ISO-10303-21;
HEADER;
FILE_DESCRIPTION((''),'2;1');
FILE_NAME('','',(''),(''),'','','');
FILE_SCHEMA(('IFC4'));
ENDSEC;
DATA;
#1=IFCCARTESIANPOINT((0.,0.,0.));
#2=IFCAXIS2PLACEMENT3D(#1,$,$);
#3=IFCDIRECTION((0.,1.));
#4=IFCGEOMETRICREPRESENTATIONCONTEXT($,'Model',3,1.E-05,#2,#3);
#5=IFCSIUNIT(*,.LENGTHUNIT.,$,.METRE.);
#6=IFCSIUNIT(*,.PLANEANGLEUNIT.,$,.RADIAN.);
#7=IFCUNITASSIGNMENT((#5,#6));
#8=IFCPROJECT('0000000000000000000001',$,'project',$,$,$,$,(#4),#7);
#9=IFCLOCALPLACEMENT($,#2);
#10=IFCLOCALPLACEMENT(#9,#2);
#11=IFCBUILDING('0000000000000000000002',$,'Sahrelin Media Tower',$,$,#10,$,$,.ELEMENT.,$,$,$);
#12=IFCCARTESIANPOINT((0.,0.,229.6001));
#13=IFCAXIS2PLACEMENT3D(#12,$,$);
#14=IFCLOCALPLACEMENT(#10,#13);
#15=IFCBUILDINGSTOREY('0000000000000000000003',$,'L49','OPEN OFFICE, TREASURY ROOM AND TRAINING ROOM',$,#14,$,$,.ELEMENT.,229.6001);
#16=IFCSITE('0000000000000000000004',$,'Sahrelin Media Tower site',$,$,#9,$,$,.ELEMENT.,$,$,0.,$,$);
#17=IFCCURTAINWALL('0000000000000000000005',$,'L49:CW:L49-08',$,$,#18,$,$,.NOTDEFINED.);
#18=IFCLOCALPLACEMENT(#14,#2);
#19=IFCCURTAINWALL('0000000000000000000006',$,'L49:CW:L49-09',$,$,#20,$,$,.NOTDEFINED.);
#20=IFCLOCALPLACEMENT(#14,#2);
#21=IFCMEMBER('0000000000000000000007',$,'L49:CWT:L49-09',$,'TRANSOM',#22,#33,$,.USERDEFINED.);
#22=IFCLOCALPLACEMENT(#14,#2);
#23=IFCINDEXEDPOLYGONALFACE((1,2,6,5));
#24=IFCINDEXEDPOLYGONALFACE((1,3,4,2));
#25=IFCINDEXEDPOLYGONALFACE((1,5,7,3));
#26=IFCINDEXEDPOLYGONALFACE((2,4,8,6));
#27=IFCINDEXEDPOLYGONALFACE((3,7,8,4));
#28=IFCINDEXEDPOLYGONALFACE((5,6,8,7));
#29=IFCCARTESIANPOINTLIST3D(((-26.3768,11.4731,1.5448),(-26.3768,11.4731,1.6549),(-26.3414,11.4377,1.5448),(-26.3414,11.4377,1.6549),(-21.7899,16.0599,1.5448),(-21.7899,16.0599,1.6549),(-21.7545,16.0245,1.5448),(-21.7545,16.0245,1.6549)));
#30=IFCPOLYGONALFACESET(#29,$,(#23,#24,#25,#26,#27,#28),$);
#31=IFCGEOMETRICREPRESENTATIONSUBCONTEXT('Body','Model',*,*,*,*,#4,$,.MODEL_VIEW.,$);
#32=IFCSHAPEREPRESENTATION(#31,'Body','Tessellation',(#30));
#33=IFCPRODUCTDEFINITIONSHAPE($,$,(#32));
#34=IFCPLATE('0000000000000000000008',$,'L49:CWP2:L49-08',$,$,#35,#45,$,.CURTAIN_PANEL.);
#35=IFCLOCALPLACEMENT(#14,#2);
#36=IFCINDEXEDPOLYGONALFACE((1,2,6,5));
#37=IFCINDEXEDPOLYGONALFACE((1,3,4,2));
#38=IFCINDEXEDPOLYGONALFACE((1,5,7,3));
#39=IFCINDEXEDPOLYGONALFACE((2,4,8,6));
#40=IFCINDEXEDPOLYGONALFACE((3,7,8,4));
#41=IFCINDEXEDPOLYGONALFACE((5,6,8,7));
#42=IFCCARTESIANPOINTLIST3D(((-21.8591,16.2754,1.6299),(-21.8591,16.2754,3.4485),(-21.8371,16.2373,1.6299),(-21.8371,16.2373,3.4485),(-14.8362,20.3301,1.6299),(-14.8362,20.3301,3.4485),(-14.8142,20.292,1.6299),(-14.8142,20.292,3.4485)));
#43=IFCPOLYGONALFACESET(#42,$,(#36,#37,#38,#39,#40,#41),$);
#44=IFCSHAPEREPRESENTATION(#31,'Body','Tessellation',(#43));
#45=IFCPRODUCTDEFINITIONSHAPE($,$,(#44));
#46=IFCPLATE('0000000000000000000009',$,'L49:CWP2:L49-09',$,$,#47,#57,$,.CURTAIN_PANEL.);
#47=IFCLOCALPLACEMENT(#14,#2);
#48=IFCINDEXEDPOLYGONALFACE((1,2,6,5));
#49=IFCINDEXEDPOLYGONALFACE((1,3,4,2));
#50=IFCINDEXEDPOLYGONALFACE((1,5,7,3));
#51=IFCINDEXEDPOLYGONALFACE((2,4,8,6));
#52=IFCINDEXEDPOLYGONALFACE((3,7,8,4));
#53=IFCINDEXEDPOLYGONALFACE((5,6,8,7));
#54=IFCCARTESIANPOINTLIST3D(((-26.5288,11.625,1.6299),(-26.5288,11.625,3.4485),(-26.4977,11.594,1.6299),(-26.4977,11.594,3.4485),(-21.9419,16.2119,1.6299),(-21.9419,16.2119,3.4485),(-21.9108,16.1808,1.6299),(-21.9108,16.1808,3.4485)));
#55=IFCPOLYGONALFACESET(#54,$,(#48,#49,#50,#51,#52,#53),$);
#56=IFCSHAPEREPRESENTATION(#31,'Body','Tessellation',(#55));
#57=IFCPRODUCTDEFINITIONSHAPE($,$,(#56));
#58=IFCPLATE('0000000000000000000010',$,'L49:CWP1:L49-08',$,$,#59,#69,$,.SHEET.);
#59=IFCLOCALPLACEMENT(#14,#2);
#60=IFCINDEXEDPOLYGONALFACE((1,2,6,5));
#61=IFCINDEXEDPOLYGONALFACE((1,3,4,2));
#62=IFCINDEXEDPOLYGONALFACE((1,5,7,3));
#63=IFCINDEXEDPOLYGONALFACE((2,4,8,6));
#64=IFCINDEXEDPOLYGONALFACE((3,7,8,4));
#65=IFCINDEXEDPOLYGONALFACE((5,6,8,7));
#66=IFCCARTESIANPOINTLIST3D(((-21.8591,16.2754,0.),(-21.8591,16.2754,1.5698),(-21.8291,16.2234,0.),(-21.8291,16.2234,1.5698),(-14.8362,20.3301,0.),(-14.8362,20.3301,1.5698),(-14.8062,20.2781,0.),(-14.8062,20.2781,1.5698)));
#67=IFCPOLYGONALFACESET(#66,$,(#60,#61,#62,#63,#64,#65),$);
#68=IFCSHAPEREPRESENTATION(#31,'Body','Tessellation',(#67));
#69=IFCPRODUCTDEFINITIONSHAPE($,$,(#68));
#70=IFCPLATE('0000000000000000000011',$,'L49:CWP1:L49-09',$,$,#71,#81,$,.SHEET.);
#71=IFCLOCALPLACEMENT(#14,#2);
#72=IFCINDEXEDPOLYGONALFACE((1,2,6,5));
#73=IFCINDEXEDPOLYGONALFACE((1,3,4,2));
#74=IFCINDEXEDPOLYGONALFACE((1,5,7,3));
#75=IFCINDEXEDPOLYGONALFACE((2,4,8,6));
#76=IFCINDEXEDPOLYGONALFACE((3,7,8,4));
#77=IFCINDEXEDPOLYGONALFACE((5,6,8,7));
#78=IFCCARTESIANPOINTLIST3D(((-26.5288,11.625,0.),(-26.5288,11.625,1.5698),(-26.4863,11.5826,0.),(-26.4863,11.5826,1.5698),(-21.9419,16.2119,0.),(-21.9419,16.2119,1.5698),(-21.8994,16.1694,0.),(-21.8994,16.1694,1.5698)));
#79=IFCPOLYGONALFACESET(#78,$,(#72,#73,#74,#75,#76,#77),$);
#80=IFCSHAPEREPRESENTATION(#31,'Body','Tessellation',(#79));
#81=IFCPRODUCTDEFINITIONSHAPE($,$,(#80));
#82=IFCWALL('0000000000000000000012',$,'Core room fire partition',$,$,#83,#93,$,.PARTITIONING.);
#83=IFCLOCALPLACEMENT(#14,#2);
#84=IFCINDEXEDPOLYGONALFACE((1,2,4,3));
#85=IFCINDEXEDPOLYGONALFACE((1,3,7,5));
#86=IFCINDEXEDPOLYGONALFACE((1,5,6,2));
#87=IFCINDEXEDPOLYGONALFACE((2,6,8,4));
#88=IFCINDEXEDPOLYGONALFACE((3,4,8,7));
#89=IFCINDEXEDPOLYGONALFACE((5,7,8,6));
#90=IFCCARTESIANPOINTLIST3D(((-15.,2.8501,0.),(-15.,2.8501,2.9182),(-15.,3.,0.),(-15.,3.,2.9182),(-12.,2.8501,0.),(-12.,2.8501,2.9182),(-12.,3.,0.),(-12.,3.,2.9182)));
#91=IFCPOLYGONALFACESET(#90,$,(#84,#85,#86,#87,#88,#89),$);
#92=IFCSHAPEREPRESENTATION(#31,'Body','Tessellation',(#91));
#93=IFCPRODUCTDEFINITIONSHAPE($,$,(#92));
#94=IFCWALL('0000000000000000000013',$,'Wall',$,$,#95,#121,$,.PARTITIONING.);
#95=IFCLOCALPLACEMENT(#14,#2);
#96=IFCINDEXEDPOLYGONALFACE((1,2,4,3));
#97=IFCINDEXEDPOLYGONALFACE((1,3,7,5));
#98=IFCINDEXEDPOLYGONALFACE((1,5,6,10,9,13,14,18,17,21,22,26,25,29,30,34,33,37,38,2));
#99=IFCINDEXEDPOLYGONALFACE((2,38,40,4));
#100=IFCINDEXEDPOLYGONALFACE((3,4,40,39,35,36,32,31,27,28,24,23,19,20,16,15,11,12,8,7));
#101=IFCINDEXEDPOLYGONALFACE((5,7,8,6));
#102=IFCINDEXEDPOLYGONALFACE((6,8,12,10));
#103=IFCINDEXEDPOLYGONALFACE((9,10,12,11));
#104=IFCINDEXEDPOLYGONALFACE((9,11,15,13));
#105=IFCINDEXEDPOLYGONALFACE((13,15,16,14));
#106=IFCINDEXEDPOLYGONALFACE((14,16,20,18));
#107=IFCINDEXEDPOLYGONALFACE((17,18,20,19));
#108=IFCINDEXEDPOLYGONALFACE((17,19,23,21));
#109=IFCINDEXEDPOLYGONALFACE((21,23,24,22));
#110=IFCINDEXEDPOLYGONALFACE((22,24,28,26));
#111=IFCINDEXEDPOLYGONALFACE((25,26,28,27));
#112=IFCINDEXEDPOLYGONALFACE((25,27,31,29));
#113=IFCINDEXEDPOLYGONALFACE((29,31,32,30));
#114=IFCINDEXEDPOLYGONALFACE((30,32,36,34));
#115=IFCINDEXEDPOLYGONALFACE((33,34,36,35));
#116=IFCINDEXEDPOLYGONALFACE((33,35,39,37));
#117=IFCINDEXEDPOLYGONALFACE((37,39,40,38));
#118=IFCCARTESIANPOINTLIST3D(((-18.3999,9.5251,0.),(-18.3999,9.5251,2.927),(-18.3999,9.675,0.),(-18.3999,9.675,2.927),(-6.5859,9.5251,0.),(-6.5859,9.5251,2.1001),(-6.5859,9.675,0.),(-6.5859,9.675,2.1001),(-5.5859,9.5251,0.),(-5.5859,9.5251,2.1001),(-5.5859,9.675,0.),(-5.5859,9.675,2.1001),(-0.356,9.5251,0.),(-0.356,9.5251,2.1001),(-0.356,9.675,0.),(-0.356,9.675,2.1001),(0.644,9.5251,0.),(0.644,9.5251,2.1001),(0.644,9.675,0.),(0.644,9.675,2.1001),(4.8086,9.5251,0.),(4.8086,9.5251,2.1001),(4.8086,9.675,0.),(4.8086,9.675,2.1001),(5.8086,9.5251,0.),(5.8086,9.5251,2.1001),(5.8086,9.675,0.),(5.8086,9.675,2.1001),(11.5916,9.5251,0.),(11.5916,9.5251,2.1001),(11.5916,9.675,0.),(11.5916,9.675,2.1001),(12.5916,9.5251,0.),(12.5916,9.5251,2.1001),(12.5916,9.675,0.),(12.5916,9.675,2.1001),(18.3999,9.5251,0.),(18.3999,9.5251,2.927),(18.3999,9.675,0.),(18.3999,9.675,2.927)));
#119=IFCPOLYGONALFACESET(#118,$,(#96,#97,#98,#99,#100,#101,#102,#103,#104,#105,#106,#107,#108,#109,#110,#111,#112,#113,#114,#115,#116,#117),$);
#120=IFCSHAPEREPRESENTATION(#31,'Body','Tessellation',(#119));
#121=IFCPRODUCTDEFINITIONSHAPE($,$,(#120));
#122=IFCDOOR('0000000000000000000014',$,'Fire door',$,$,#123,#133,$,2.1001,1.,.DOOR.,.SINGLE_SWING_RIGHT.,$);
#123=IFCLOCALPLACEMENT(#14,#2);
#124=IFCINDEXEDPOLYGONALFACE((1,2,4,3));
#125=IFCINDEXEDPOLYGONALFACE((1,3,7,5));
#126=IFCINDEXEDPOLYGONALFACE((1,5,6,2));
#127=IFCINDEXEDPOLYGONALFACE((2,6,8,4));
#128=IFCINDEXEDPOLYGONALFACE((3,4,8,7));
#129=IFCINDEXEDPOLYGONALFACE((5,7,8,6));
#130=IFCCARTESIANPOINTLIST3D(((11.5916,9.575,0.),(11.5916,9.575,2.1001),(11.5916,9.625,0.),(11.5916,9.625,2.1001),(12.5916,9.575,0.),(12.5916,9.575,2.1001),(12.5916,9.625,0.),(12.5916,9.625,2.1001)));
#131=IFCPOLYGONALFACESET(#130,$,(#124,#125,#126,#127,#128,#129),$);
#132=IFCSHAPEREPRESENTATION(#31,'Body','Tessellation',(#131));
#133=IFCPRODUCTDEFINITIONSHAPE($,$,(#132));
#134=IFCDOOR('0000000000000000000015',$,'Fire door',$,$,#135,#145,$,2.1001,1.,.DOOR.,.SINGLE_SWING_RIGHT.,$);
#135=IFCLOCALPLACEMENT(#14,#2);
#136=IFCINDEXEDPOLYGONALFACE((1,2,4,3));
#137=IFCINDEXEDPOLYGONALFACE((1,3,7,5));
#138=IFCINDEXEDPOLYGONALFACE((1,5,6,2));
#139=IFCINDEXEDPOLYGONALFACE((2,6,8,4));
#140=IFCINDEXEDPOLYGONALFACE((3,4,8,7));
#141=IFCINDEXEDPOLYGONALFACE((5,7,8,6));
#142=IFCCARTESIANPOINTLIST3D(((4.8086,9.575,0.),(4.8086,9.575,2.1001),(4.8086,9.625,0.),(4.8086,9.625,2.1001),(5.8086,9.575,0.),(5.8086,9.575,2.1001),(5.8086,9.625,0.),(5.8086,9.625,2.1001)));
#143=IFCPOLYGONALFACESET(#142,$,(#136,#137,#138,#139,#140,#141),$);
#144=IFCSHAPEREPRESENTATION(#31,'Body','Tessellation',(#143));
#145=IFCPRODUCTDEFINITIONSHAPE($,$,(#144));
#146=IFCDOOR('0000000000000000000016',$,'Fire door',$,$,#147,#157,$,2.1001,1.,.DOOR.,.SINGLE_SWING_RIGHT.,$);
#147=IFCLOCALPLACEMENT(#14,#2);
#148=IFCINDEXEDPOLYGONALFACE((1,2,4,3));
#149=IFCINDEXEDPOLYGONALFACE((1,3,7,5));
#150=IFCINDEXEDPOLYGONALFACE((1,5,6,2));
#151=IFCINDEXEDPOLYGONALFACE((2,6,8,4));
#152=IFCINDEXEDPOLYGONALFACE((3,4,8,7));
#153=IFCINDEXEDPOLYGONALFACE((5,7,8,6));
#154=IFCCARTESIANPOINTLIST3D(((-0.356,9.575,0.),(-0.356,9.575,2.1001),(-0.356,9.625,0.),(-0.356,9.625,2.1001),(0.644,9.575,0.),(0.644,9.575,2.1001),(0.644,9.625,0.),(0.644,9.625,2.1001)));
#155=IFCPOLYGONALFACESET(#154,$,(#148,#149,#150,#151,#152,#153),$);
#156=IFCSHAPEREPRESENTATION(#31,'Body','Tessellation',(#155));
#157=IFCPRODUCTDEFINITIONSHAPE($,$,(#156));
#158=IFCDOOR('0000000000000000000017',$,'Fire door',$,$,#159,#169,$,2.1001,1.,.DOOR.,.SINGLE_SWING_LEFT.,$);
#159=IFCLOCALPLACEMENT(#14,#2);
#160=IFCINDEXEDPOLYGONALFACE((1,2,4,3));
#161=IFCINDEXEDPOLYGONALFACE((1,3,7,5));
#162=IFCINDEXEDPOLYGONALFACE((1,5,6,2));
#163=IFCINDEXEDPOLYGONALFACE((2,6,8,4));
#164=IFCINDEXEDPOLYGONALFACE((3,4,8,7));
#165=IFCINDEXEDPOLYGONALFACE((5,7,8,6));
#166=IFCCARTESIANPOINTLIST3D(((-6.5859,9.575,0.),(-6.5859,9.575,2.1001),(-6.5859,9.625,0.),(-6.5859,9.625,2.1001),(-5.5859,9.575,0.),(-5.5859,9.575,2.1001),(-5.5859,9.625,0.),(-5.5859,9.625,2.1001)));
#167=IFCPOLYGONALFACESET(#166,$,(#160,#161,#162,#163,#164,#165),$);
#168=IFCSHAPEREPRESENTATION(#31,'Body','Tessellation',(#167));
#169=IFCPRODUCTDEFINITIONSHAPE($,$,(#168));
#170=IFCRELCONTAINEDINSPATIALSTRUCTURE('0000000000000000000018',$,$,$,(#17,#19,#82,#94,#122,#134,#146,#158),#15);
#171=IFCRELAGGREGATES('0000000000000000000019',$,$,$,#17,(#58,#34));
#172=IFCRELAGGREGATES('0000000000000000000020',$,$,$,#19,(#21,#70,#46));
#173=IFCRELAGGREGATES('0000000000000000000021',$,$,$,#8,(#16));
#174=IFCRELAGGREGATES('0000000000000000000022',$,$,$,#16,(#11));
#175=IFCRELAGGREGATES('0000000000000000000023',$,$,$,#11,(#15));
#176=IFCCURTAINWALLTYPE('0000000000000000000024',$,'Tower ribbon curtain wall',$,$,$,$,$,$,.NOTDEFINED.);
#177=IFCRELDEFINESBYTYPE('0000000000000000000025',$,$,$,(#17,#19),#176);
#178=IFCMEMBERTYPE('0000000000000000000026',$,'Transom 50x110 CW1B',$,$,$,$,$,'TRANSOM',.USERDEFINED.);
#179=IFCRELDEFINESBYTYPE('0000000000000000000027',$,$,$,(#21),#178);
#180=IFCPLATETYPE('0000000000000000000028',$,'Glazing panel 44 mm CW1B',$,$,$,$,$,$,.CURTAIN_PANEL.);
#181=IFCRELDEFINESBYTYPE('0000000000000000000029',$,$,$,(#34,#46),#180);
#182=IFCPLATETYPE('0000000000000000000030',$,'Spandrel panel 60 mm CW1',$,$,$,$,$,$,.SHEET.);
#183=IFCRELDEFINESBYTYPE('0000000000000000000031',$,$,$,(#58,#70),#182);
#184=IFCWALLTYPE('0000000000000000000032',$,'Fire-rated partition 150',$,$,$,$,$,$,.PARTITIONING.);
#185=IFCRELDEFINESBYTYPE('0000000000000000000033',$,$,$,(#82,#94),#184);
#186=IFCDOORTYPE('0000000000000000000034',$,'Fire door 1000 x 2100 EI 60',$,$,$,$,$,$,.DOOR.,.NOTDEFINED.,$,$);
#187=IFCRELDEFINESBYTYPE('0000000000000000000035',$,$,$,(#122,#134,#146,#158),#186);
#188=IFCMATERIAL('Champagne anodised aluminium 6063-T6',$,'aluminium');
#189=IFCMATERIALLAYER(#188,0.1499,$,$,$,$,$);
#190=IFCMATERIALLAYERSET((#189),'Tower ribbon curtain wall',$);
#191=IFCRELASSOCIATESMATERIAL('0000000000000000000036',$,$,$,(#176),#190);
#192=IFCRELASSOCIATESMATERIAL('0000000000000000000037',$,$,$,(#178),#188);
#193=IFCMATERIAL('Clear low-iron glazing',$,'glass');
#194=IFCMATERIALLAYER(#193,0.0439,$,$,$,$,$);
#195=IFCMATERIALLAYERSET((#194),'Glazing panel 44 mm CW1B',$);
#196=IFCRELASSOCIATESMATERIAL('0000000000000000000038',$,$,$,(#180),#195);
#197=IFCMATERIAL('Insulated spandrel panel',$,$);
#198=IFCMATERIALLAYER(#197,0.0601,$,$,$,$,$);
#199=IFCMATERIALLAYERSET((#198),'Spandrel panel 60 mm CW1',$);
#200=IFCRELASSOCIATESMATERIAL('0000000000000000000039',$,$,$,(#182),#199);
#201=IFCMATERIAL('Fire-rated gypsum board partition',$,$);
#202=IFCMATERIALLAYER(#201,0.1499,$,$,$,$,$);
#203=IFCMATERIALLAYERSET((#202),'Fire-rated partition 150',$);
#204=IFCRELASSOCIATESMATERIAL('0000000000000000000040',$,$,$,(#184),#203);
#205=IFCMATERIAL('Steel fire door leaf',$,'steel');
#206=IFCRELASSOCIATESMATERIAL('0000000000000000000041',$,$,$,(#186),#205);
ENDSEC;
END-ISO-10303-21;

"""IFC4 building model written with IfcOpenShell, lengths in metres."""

from ifc_helpers import new_model, si_unit, direction, frame, frame_2d, origin, origin_2d, place, context, subcontext, project, spatial, polyline, rectangle, outline, extrude, material, layer, layer_set, material_profile, profile_set, type_object, element, fill, aggregate, save


model = new_model("IFC4")

# Units and contexts
model_context = context("Model", 3, precision=1e-05, world=origin(), true_north=direction((0.0, 1.0)))
body_context = subcontext(model_context, "Body", "Model", "MODEL_VIEW")
ifc_project = project(units=[si_unit("LENGTHUNIT", "METRE"), si_unit("PLANEANGLEUNIT", "RADIAN")], contexts=[model_context])

# Site, building, storey
site_placement = place(None, origin())
site = spatial("IfcSite", under=ifc_project, at=site_placement, Name="Sahrelin Media Tower site", CompositionType="ELEMENT", RefElevation=0.0)
building_placement = place(site_placement, origin())
building = spatial("IfcBuilding", under=site, at=building_placement, Name="Sahrelin Media Tower", CompositionType="ELEMENT")
storey_placement = place(building_placement, frame((0.0, 0.0, 229.6001)))
storey = spatial("IfcBuildingStorey", under=building, at=storey_placement, Name="L49", Description="OPEN OFFICE, TREASURY ROOM AND TRAINING ROOM", CompositionType="ELEMENT", Elevation=229.6001)

# Curtain walls
ifc_material_1 = material(Name="Champagne anodised aluminium 6063-T6", Category="aluminium")
ifc_layer_1 = layer(ifc_material_1, 0.1499)
ifc_layer_set_1 = layer_set([ifc_layer_1], Name="Tower ribbon curtain wall")
curtain_wall_type = type_object("IfcCurtainWallType", Name="Tower ribbon curtain wall", PredefinedType="NOTDEFINED", material=ifc_layer_set_1)
curtain_wall_1_placement = place(storey_placement, frame((-18.3376, 18.2854, 0.0), z_axis=(0.0, 0.0, 1.0), x_axis=(1.0, 0.0, 0.0)))
curtain_wall_1 = element("IfcCurtainWall", 1, at=curtain_wall_1_placement, inside=storey, type_object=curtain_wall_type, Name="L49:CW:L49-08", PredefinedType="NOTDEFINED")
curtain_wall_2_placement = place(storey_placement, frame((-24.2212, 13.9043, 0.0), z_axis=(0.0, 0.0, 1.0), x_axis=(1.0, 0.0, 0.0)))
curtain_wall_2 = element("IfcCurtainWall", 2, at=curtain_wall_2_placement, inside=storey, type_object=curtain_wall_type, Name="L49:CW:L49-09", PredefinedType="NOTDEFINED")

# Member
ifc_material_profile_1 = material_profile(ifc_material_1, rectangle(XDim=0.05, YDim=0.1101, at=origin_2d()), Name="Transom 50x110")
ifc_profile_set_1 = profile_set([ifc_material_profile_1], Name="Champagne anodised aluminium 6063-T6")
member_type_1 = type_object("IfcMemberType", Name="Transom 50x110 CW1B", ElementType="TRANSOM", PredefinedType="USERDEFINED", material=ifc_profile_set_1)
member_1_placement = place(storey_placement, frame((-21.7722, 16.0422, 1.5999), z_axis=(-0.707107, -0.707107, 0.0), x_axis=(0.707107, -0.707107, 0.0)))
member_1 = element("IfcMember", 3, at=member_1_placement, type_object=member_type_1, Name="L49:CWT:L49-09", ObjectType="TRANSOM", PredefinedType="USERDEFINED", context=body_context, shape_type="SweptSolid", body=[
    extrude(rectangle(XDim=0.05, YDim=0.1101, at=origin_2d()), origin(), (0.0, 0.0, 1.0), 6.4868),
])

# Plates
ifc_material_2 = material(Name="Clear low-iron glazing", Category="glass")
ifc_layer_2 = layer(ifc_material_2, 0.0439)
ifc_layer_set_2 = layer_set([ifc_layer_2], Name="Glazing panel 44 mm CW1B")
plate_type_1 = type_object("IfcPlateType", Name="Glazing panel 44 mm CW1B", PredefinedType="CURTAIN_PANEL", material=ifc_layer_set_2)
plate_1_placement = place(storey_placement, frame((-14.8362, 20.3301, 1.6299), z_axis=(-0.499999, 0.866026, 0.0), x_axis=(-0.866026, -0.499999, 0.0)))
plate_1 = element("IfcPlate", 4, at=plate_1_placement, type_object=plate_type_1, Name="L49:CWP2:L49-08", PredefinedType="CURTAIN_PANEL", context=body_context, shape_type="SweptSolid", body=[
    extrude(outline(polyline([(0.0, 0.0), (8.1094, 0.0), (8.1094, 1.8186), (0.0, 1.8186), (0.0, 0.0)])), origin(), (0.0, 0.0, -1.0), 0.0439),
])
plate_2_placement = place(storey_placement, frame((-21.9419, 16.2119, 1.6299), z_axis=(-0.707107, 0.707107, 0.0), x_axis=(-0.707107, -0.707107, 0.0)))
plate_2 = element("IfcPlate", 5, at=plate_2_placement, type_object=plate_type_1, Name="L49:CWP2:L49-09", PredefinedType="CURTAIN_PANEL", context=body_context, shape_type="SweptSolid", body=[
    extrude(outline(polyline([(0.0, 0.0), (6.4868, 0.0), (6.4868, 1.8186), (0.0, 1.8186), (0.0, 0.0)])), origin(), (0.0, 0.0, -1.0), 0.0439),
])
ifc_material_3 = material(Name="Insulated spandrel panel")
ifc_layer_3 = layer(ifc_material_3, 0.0601)
ifc_layer_set_3 = layer_set([ifc_layer_3], Name="Spandrel panel 60 mm CW1")
plate_type_2 = type_object("IfcPlateType", Name="Spandrel panel 60 mm CW1", PredefinedType="SHEET", material=ifc_layer_set_3)
plate_3_placement = place(storey_placement, frame((-14.8362, 20.3301, 0.0), z_axis=(-0.499999, 0.866026, 0.0), x_axis=(-0.866026, -0.499999, 0.0)))
plate_3 = element("IfcPlate", 6, at=plate_3_placement, type_object=plate_type_2, Name="L49:CWP1:L49-08", PredefinedType="SHEET", context=body_context, shape_type="SweptSolid", body=[
    extrude(outline(polyline([(0.0, 0.0), (8.1094, 0.0), (8.1094, 1.5698), (0.0, 1.5698), (0.0, 0.0)])), origin(), (0.0, 0.0, -1.0), 0.0601),
])
aggregate(curtain_wall_1, [plate_3, plate_1])
plate_4_placement = place(storey_placement, frame((-21.9419, 16.2119, 0.0), z_axis=(-0.707107, 0.707107, 0.0), x_axis=(-0.707107, -0.707107, 0.0)))
plate_4 = element("IfcPlate", 7, at=plate_4_placement, type_object=plate_type_2, Name="L49:CWP1:L49-09", PredefinedType="SHEET", context=body_context, shape_type="SweptSolid", body=[
    extrude(outline(polyline([(0.0, 0.0), (6.4868, 0.0), (6.4868, 1.5698), (0.0, 1.5698), (0.0, 0.0)])), origin(), (0.0, 0.0, -1.0), 0.0601),
])
aggregate(curtain_wall_2, [member_1, plate_4, plate_2])

# Wall
ifc_material_4 = material(Name="Fire-rated gypsum board partition")
ifc_layer_4 = layer(ifc_material_4, 0.1499)
ifc_layer_set_4 = layer_set([ifc_layer_4], Name="Fire-rated partition 150")
wall_type_1 = type_object("IfcWallType", Name="Fire-rated partition 150", PredefinedType="PARTITIONING", material=ifc_layer_set_4)
wall_1_placement = place(storey_placement, frame((-15.0, 2.925, 0.0), z_axis=(0.0, 0.0, 1.0), x_axis=(1.0, 0.0, 0.0)))
element("IfcWall", 8, at=wall_1_placement, inside=storey, type_object=wall_type_1, Name="Core room fire partition", PredefinedType="PARTITIONING", context=body_context, shape_type="SweptSolid", body=[
    extrude(rectangle(XDim=3.0, YDim=0.1499, at=frame_2d((1.5, 0.0))), origin(), (0.0, 0.0, 1.0), 2.9182),
])

# Wall, openings, doors
wall_2_placement = place(storey_placement, frame((-18.3999, 9.6001, 0.0), z_axis=(0.0, 0.0, 1.0), x_axis=(1.0, 0.0, 0.0)))
wall_2 = element("IfcWall", 9, at=wall_2_placement, inside=storey, type_object=wall_type_1, Name="Wall", PredefinedType="PARTITIONING", context=body_context, shape_type="SweptSolid", body=[
    extrude(rectangle(XDim=36.7998, YDim=0.1499, at=frame_2d((18.3999, 0.0))), origin(), (0.0, 0.0, 1.0), 2.927),
])
opening_1_placement = place(wall_2_placement, frame((29.9915, 0.0, 0.0)))
opening_1 = element("IfcOpeningElement", 10, at=opening_1_placement, cuts=wall_2, PredefinedType="OPENING", context=body_context, shape_type="SweptSolid", body=[
    extrude(rectangle(XDim=1.0, YDim=2.1001, at=frame_2d((0.5, 1.05))), frame((0.0, 0.075, 0.0), z_axis=(0.0, -1.0, 0.0), x_axis=(1.0, 0.0, 0.0)), (0.0, 0.0, 1.0), 0.1499),
])
opening_2_placement = place(wall_2_placement, frame((23.2085, 0.0, 0.0)))
opening_2 = element("IfcOpeningElement", 11, at=opening_2_placement, cuts=wall_2, PredefinedType="OPENING", context=body_context, shape_type="SweptSolid", body=[
    extrude(rectangle(XDim=1.0, YDim=2.1001, at=frame_2d((0.5, 1.05))), frame((0.0, 0.075, 0.0), z_axis=(0.0, -1.0, 0.0), x_axis=(1.0, 0.0, 0.0)), (0.0, 0.0, 1.0), 0.1499),
])
opening_3_placement = place(wall_2_placement, frame((18.0439, 0.0, 0.0)))
opening_3 = element("IfcOpeningElement", 12, at=opening_3_placement, cuts=wall_2, PredefinedType="OPENING", context=body_context, shape_type="SweptSolid", body=[
    extrude(rectangle(XDim=1.0, YDim=2.1001, at=frame_2d((0.5, 1.05))), frame((0.0, 0.075, 0.0), z_axis=(0.0, -1.0, 0.0), x_axis=(1.0, 0.0, 0.0)), (0.0, 0.0, 1.0), 0.1499),
])
opening_4_placement = place(wall_2_placement, frame((11.814, 0.0, 0.0)))
opening_4 = element("IfcOpeningElement", 13, at=opening_4_placement, cuts=wall_2, PredefinedType="OPENING", context=body_context, shape_type="SweptSolid", body=[
    extrude(rectangle(XDim=1.0, YDim=2.1001, at=frame_2d((0.5, 1.05))), frame((0.0, 0.075, 0.0), z_axis=(0.0, -1.0, 0.0), x_axis=(1.0, 0.0, 0.0)), (0.0, 0.0, 1.0), 0.1499),
])
ifc_material_5 = material(Name="Steel fire door leaf", Category="steel")
door_type_1 = type_object("IfcDoorType", Name="Fire door 1000 x 2100 EI 60", OperationType="NOTDEFINED", PredefinedType="DOOR", material=ifc_material_5)
door_1_placement = place(opening_1_placement, origin())
door_1 = element("IfcDoor", 14, at=door_1_placement, inside=storey, type_object=door_type_1, Name="Fire door", OperationType="SINGLE_SWING_RIGHT", OverallHeight=2.1001, OverallWidth=1.0, PredefinedType="DOOR", context=body_context, shape_type="SweptSolid", body=[
    extrude(rectangle(XDim=1.0, YDim=2.1001, at=frame_2d((0.5, 1.05))), frame((0.0, 0.0249, 0.0), z_axis=(0.0, -1.0, 0.0), x_axis=(1.0, 0.0, 0.0)), (0.0, 0.0, 1.0), 0.05),
])
fill(opening_1, door_1)
door_2_placement = place(opening_2_placement, origin())
door_2 = element("IfcDoor", 15, at=door_2_placement, inside=storey, type_object=door_type_1, Name="Fire door", OperationType="SINGLE_SWING_RIGHT", OverallHeight=2.1001, OverallWidth=1.0, PredefinedType="DOOR", context=body_context, shape_type="SweptSolid", body=[
    extrude(rectangle(XDim=1.0, YDim=2.1001, at=frame_2d((0.5, 1.05))), frame((0.0, 0.0249, 0.0), z_axis=(0.0, -1.0, 0.0), x_axis=(1.0, 0.0, 0.0)), (0.0, 0.0, 1.0), 0.05),
])
fill(opening_2, door_2)
door_3_placement = place(opening_3_placement, origin())
door_3 = element("IfcDoor", 16, at=door_3_placement, inside=storey, type_object=door_type_1, Name="Fire door", OperationType="SINGLE_SWING_RIGHT", OverallHeight=2.1001, OverallWidth=1.0, PredefinedType="DOOR", context=body_context, shape_type="SweptSolid", body=[
    extrude(rectangle(XDim=1.0, YDim=2.1001, at=frame_2d((0.5, 1.05))), frame((0.0, 0.0249, 0.0), z_axis=(0.0, -1.0, 0.0), x_axis=(1.0, 0.0, 0.0)), (0.0, 0.0, 1.0), 0.05),
])
fill(opening_3, door_3)
door_4_placement = place(opening_4_placement, origin())
door_4 = element("IfcDoor", 17, at=door_4_placement, inside=storey, type_object=door_type_1, Name="Fire door", OperationType="SINGLE_SWING_LEFT", OverallHeight=2.1001, OverallWidth=1.0, PredefinedType="DOOR", context=body_context, shape_type="SweptSolid", body=[
    extrude(rectangle(XDim=1.0, YDim=2.1001, at=frame_2d((0.5, 1.05))), frame((0.0, 0.0249, 0.0), z_axis=(0.0, -1.0, 0.0), x_axis=(1.0, 0.0, 0.0)), (0.0, 0.0, 1.0), 0.05),
])
fill(opening_4, door_4)

save(model, "model.ifc")
